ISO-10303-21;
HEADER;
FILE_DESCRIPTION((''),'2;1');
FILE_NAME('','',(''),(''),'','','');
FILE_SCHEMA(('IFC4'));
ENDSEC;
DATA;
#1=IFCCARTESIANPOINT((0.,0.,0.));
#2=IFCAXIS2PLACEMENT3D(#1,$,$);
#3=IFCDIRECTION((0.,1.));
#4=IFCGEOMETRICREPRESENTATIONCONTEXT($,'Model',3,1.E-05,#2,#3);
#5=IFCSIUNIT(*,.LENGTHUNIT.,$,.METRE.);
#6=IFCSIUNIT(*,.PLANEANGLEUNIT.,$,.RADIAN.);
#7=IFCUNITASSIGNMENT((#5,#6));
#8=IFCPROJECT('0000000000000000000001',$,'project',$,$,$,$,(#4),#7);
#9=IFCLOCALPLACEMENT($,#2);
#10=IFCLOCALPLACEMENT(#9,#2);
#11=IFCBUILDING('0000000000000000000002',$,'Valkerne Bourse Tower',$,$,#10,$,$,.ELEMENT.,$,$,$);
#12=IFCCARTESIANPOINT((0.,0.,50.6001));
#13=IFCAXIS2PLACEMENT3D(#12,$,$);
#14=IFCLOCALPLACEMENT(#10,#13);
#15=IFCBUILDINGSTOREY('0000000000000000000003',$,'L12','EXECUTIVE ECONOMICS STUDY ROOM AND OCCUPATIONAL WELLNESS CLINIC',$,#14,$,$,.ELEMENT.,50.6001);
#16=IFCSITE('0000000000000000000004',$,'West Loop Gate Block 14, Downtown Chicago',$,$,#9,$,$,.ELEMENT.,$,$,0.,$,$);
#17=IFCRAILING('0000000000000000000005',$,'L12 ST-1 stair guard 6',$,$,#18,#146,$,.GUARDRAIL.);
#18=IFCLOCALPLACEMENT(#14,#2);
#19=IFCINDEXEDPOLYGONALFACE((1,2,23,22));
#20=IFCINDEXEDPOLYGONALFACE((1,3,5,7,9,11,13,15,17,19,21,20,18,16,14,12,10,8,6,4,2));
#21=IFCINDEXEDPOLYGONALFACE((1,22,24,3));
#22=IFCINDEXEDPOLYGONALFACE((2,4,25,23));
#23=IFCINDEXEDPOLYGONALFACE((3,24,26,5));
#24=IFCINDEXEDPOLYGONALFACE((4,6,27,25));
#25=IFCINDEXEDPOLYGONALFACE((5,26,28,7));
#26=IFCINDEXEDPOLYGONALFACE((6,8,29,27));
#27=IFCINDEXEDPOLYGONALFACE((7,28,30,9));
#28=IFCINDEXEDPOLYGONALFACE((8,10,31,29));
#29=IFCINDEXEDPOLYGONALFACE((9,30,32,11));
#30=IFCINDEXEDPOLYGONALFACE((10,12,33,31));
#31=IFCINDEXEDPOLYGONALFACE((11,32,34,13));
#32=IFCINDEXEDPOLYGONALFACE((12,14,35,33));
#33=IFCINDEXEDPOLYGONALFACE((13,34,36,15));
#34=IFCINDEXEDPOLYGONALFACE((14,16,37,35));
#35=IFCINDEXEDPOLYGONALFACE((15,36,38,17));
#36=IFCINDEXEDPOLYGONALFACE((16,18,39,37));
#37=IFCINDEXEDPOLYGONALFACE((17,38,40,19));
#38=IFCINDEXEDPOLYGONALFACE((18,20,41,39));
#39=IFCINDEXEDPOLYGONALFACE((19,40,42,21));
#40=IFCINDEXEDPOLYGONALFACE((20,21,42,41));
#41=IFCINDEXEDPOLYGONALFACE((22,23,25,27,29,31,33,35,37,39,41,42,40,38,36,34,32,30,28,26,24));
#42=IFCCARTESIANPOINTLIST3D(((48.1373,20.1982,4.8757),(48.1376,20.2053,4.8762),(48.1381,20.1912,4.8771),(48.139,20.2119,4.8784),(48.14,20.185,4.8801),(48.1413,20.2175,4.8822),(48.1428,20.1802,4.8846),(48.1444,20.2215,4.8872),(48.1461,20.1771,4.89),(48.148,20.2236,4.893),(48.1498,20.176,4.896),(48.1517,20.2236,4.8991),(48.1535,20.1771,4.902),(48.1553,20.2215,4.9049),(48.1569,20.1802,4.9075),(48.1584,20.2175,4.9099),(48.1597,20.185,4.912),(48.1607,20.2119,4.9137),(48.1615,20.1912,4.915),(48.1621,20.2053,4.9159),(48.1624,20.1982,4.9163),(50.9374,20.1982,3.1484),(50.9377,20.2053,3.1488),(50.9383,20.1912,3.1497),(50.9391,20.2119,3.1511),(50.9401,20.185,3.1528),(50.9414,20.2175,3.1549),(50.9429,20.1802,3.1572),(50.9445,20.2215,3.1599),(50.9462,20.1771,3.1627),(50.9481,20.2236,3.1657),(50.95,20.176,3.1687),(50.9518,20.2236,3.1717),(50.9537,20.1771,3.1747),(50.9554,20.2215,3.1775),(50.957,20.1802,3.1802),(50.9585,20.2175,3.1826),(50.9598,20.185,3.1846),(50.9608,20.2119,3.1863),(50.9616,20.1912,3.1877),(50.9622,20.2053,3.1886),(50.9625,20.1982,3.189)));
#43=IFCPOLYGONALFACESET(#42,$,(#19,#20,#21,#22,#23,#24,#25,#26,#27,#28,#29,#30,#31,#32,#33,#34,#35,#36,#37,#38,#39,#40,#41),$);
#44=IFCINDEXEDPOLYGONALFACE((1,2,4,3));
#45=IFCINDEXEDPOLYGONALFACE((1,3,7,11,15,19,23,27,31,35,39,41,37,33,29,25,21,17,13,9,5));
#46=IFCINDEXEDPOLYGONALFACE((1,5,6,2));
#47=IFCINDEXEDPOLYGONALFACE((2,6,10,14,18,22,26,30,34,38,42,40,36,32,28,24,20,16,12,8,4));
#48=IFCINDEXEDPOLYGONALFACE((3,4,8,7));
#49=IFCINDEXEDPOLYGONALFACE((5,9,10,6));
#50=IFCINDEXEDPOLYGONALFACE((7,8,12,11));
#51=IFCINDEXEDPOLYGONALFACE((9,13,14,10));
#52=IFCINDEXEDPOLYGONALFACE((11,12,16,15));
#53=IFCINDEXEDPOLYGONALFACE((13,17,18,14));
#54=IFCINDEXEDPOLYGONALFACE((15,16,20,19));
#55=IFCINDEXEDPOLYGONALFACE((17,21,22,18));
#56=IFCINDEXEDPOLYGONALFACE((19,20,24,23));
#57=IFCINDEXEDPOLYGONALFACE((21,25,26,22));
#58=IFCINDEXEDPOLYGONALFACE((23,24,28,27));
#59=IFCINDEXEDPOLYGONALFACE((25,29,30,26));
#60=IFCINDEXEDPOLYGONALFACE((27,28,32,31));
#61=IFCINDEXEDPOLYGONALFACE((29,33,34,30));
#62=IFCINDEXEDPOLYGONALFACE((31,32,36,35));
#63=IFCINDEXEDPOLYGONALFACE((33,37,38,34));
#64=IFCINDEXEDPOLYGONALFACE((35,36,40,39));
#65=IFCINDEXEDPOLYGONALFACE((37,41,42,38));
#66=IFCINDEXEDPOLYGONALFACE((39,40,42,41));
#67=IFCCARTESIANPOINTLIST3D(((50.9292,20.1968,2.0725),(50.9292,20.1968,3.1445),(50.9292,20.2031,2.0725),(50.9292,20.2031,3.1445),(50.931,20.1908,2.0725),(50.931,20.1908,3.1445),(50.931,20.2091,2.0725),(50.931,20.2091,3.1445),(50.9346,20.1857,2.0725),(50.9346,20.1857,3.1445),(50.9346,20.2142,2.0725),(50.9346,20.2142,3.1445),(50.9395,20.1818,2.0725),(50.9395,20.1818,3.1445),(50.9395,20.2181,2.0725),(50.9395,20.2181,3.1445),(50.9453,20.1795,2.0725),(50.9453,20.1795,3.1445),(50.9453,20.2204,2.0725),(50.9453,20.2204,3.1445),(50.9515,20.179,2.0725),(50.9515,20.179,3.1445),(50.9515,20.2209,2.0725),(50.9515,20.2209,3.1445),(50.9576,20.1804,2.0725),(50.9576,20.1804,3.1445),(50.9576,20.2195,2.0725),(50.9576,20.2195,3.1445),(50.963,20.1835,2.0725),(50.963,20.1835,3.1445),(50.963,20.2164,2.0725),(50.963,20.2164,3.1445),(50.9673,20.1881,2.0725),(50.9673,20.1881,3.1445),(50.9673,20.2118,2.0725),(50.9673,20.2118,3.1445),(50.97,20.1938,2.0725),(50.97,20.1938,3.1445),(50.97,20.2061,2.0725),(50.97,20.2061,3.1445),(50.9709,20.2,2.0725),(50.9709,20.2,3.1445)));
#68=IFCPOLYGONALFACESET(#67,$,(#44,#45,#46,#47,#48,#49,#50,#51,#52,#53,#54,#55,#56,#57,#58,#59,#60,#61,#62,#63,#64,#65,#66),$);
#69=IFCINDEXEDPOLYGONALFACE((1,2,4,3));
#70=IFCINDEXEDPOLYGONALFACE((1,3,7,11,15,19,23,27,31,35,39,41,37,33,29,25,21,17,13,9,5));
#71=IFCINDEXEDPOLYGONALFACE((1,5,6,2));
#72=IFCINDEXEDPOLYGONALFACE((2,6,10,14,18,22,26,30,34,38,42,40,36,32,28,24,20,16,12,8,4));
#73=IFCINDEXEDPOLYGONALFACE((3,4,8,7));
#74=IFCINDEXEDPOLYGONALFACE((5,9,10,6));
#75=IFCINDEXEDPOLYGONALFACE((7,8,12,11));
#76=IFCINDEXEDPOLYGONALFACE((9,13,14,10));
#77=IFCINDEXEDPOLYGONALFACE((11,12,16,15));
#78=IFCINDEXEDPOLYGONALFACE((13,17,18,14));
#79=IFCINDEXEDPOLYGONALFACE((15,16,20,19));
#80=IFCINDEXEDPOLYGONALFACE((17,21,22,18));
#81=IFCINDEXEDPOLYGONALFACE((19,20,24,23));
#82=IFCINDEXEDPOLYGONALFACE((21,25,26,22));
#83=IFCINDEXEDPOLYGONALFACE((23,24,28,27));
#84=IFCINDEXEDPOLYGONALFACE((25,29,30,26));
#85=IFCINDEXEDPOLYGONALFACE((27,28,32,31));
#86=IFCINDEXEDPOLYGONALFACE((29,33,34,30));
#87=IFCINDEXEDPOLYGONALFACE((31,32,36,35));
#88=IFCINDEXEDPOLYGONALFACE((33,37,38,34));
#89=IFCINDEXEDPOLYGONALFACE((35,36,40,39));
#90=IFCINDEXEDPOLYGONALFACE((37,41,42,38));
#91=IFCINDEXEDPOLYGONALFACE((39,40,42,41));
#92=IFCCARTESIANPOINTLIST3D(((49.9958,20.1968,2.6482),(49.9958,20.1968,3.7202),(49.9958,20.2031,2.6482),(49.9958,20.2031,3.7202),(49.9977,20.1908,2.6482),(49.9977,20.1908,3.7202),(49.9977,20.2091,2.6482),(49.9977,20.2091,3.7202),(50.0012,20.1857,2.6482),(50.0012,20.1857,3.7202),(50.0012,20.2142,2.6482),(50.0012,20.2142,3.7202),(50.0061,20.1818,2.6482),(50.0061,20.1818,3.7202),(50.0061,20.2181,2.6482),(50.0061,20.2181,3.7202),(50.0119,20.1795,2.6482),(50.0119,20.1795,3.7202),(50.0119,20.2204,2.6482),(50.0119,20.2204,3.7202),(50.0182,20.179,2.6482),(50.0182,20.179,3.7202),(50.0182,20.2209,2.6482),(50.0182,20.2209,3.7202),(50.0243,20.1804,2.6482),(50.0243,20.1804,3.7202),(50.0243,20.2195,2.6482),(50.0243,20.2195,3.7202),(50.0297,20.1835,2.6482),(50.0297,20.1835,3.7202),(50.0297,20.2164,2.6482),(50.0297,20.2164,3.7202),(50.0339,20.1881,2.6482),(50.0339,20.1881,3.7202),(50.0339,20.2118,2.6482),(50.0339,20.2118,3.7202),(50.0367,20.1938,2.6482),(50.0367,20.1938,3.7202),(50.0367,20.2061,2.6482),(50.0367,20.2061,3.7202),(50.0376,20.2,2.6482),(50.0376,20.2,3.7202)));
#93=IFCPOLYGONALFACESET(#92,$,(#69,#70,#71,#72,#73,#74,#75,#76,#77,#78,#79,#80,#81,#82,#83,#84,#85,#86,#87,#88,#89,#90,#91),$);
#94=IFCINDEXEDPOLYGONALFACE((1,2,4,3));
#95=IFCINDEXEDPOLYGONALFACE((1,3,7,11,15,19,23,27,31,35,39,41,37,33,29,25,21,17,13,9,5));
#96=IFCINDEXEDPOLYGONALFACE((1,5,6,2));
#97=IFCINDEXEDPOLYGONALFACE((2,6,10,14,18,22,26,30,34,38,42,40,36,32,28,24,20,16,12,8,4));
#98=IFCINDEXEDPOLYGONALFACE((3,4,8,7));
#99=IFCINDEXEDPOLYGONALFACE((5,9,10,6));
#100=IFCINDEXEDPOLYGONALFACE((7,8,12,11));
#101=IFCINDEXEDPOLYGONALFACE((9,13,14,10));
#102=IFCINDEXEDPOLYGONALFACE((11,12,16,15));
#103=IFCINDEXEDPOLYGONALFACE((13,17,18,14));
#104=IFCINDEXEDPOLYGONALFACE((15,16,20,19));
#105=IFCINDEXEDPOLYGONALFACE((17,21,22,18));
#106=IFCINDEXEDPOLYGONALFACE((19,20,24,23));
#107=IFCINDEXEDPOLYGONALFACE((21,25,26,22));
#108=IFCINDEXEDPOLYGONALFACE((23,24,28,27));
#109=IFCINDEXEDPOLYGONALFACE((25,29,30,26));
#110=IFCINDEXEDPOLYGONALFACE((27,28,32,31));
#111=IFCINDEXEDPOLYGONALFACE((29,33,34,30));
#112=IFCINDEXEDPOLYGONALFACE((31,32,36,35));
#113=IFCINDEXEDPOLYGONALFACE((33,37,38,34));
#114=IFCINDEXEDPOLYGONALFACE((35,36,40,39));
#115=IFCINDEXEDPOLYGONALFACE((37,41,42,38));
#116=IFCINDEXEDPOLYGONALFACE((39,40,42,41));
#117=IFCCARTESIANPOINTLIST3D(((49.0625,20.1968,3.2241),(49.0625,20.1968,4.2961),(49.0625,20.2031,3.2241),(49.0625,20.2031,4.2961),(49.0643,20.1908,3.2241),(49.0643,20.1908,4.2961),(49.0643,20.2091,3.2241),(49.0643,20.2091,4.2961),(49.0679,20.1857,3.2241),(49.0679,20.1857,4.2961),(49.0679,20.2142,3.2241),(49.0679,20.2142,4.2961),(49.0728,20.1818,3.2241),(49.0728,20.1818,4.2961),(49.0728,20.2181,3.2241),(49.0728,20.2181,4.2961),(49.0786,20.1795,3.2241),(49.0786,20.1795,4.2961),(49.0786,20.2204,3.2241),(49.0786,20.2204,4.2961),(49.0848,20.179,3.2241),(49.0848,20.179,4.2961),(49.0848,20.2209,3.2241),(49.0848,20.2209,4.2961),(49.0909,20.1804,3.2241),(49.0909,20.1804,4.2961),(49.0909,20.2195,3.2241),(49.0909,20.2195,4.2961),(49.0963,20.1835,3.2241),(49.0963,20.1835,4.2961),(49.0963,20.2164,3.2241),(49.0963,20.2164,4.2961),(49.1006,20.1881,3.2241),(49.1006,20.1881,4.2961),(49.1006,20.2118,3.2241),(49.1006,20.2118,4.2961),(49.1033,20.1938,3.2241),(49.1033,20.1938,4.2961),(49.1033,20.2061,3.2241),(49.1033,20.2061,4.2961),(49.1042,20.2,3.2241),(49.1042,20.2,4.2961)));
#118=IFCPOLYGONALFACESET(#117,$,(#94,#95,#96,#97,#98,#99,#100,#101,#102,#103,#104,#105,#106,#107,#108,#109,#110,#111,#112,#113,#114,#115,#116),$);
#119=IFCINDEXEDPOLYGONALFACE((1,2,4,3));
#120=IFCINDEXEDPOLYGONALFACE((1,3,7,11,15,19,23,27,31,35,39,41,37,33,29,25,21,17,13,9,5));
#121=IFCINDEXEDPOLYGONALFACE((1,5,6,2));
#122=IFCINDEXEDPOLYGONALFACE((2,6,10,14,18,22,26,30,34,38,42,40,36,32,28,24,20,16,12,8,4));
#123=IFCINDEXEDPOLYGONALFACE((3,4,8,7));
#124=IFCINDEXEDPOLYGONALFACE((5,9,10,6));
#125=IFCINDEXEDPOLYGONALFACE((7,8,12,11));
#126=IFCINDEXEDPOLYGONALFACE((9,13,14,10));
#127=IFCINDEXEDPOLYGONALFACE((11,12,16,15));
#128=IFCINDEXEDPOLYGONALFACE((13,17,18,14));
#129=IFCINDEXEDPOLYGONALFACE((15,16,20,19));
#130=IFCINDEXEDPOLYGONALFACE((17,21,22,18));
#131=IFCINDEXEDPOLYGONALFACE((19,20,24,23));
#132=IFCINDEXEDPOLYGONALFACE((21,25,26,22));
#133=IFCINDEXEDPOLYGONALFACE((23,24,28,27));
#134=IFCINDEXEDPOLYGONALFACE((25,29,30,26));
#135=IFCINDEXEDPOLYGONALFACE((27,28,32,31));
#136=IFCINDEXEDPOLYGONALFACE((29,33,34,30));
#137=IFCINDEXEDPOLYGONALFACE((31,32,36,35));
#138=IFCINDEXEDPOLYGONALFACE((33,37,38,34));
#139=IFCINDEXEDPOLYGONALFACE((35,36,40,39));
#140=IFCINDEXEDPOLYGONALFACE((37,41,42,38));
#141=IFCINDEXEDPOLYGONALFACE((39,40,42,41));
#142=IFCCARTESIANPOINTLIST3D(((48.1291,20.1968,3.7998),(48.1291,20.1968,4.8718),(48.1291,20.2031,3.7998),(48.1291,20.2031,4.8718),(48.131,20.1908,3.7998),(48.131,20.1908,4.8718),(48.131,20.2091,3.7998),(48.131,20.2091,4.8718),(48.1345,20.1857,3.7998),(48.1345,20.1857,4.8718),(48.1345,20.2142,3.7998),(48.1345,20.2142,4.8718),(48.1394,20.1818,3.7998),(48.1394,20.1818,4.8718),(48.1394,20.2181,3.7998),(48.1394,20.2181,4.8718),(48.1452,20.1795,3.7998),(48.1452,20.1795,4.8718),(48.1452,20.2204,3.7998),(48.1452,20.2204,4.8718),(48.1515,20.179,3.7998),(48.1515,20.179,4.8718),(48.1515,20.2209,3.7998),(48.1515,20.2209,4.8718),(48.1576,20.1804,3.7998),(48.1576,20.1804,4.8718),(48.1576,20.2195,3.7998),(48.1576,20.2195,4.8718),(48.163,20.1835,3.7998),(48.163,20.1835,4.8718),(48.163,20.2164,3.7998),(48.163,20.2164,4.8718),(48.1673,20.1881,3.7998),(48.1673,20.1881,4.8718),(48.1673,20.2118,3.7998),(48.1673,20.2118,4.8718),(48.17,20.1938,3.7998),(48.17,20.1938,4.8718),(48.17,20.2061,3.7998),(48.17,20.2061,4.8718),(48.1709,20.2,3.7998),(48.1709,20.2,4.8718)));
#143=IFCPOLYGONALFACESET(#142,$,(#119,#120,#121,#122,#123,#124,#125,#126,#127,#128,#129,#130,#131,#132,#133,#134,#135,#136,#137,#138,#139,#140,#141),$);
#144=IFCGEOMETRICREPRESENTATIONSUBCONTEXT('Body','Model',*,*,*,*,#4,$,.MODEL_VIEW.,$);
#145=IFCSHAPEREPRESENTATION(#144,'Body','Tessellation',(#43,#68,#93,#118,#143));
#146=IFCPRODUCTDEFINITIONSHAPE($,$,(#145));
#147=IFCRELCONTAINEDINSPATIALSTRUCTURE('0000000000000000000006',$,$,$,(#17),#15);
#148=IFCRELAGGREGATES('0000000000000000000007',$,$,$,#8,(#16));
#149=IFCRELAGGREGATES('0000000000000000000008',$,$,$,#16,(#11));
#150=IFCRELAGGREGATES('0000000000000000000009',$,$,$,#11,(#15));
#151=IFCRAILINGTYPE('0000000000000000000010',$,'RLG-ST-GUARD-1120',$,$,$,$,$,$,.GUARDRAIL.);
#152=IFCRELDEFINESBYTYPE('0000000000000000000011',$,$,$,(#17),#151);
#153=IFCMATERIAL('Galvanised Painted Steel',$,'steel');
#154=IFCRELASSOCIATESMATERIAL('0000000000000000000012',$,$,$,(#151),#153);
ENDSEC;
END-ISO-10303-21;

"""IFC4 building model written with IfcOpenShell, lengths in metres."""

from ifc_helpers import new_model, si_unit, direction, frame, origin, origin_2d, place, context, subcontext, project, spatial, circle, extrude, material, type_object, element, save


model = new_model("IFC4")

# Units and contexts
model_context = context("Model", 3, precision=1e-05, world=origin(), true_north=direction((0.0, 1.0)))
body_context = subcontext(model_context, "Body", "Model", "MODEL_VIEW")
ifc_project = project(units=[si_unit("LENGTHUNIT", "METRE"), si_unit("PLANEANGLEUNIT", "RADIAN")], contexts=[model_context])

# Site, building, storey
site_placement = place(None, origin())
site = spatial("IfcSite", under=ifc_project, at=site_placement, Name="West Loop Gate Block 14, Downtown Chicago", CompositionType="ELEMENT", RefElevation=0.0)
building_placement = place(site_placement, origin())
building = spatial("IfcBuilding", under=site, at=building_placement, Name="Valkerne Bourse Tower", CompositionType="ELEMENT")
storey_placement = place(building_placement, frame((0.0, 0.0, 50.6001)))
storey = spatial("IfcBuildingStorey", under=building, at=storey_placement, Name="L12", Description="EXECUTIVE ECONOMICS STUDY ROOM AND OCCUPATIONAL WELLNESS CLINIC", CompositionType="ELEMENT", Elevation=50.6001)

# Shared definitions
ifc_material_1 = material(Name="Galvanised Painted Steel", Category="steel")

# Railing
railing_type_1 = type_object("IfcRailingType", Name="RLG-ST-GUARD-1120", PredefinedType="GUARDRAIL", material=ifc_material_1)
railing_1_placement = place(storey_placement, frame((50.95, 20.2, 2.0725)))
element("IfcRailing", 1, at=railing_1_placement, inside=storey, type_object=railing_type_1, Name="L12 ST-1 stair guard 6", PredefinedType="GUARDRAIL", context=body_context, shape_type="SweptSolid", body=[
    extrude(circle(Radius=0.0239, at=origin_2d()), frame((0.0, 0.0, 1.0962), z_axis=(-0.85109, 0.0, 0.52502), x_axis=(0.0, -1.0, 0.0)), (0.0, 0.0, 1.0), 3.29),
    extrude(circle(Radius=0.021, at=origin_2d()), origin(), (0.0, 0.0, 1.0), 1.072),
    extrude(circle(Radius=0.021, at=origin_2d()), frame((-0.9333, 0.0, 0.5757)), (0.0, 0.0, 1.0), 1.072),
    extrude(circle(Radius=0.021, at=origin_2d()), frame((-1.8667, 0.0, 1.1516)), (0.0, 0.0, 1.0), 1.072),
    extrude(circle(Radius=0.021, at=origin_2d()), frame((-2.8, 0.0, 1.7273)), (0.0, 0.0, 1.0), 1.072),
])

save(model, "model.ifc")
